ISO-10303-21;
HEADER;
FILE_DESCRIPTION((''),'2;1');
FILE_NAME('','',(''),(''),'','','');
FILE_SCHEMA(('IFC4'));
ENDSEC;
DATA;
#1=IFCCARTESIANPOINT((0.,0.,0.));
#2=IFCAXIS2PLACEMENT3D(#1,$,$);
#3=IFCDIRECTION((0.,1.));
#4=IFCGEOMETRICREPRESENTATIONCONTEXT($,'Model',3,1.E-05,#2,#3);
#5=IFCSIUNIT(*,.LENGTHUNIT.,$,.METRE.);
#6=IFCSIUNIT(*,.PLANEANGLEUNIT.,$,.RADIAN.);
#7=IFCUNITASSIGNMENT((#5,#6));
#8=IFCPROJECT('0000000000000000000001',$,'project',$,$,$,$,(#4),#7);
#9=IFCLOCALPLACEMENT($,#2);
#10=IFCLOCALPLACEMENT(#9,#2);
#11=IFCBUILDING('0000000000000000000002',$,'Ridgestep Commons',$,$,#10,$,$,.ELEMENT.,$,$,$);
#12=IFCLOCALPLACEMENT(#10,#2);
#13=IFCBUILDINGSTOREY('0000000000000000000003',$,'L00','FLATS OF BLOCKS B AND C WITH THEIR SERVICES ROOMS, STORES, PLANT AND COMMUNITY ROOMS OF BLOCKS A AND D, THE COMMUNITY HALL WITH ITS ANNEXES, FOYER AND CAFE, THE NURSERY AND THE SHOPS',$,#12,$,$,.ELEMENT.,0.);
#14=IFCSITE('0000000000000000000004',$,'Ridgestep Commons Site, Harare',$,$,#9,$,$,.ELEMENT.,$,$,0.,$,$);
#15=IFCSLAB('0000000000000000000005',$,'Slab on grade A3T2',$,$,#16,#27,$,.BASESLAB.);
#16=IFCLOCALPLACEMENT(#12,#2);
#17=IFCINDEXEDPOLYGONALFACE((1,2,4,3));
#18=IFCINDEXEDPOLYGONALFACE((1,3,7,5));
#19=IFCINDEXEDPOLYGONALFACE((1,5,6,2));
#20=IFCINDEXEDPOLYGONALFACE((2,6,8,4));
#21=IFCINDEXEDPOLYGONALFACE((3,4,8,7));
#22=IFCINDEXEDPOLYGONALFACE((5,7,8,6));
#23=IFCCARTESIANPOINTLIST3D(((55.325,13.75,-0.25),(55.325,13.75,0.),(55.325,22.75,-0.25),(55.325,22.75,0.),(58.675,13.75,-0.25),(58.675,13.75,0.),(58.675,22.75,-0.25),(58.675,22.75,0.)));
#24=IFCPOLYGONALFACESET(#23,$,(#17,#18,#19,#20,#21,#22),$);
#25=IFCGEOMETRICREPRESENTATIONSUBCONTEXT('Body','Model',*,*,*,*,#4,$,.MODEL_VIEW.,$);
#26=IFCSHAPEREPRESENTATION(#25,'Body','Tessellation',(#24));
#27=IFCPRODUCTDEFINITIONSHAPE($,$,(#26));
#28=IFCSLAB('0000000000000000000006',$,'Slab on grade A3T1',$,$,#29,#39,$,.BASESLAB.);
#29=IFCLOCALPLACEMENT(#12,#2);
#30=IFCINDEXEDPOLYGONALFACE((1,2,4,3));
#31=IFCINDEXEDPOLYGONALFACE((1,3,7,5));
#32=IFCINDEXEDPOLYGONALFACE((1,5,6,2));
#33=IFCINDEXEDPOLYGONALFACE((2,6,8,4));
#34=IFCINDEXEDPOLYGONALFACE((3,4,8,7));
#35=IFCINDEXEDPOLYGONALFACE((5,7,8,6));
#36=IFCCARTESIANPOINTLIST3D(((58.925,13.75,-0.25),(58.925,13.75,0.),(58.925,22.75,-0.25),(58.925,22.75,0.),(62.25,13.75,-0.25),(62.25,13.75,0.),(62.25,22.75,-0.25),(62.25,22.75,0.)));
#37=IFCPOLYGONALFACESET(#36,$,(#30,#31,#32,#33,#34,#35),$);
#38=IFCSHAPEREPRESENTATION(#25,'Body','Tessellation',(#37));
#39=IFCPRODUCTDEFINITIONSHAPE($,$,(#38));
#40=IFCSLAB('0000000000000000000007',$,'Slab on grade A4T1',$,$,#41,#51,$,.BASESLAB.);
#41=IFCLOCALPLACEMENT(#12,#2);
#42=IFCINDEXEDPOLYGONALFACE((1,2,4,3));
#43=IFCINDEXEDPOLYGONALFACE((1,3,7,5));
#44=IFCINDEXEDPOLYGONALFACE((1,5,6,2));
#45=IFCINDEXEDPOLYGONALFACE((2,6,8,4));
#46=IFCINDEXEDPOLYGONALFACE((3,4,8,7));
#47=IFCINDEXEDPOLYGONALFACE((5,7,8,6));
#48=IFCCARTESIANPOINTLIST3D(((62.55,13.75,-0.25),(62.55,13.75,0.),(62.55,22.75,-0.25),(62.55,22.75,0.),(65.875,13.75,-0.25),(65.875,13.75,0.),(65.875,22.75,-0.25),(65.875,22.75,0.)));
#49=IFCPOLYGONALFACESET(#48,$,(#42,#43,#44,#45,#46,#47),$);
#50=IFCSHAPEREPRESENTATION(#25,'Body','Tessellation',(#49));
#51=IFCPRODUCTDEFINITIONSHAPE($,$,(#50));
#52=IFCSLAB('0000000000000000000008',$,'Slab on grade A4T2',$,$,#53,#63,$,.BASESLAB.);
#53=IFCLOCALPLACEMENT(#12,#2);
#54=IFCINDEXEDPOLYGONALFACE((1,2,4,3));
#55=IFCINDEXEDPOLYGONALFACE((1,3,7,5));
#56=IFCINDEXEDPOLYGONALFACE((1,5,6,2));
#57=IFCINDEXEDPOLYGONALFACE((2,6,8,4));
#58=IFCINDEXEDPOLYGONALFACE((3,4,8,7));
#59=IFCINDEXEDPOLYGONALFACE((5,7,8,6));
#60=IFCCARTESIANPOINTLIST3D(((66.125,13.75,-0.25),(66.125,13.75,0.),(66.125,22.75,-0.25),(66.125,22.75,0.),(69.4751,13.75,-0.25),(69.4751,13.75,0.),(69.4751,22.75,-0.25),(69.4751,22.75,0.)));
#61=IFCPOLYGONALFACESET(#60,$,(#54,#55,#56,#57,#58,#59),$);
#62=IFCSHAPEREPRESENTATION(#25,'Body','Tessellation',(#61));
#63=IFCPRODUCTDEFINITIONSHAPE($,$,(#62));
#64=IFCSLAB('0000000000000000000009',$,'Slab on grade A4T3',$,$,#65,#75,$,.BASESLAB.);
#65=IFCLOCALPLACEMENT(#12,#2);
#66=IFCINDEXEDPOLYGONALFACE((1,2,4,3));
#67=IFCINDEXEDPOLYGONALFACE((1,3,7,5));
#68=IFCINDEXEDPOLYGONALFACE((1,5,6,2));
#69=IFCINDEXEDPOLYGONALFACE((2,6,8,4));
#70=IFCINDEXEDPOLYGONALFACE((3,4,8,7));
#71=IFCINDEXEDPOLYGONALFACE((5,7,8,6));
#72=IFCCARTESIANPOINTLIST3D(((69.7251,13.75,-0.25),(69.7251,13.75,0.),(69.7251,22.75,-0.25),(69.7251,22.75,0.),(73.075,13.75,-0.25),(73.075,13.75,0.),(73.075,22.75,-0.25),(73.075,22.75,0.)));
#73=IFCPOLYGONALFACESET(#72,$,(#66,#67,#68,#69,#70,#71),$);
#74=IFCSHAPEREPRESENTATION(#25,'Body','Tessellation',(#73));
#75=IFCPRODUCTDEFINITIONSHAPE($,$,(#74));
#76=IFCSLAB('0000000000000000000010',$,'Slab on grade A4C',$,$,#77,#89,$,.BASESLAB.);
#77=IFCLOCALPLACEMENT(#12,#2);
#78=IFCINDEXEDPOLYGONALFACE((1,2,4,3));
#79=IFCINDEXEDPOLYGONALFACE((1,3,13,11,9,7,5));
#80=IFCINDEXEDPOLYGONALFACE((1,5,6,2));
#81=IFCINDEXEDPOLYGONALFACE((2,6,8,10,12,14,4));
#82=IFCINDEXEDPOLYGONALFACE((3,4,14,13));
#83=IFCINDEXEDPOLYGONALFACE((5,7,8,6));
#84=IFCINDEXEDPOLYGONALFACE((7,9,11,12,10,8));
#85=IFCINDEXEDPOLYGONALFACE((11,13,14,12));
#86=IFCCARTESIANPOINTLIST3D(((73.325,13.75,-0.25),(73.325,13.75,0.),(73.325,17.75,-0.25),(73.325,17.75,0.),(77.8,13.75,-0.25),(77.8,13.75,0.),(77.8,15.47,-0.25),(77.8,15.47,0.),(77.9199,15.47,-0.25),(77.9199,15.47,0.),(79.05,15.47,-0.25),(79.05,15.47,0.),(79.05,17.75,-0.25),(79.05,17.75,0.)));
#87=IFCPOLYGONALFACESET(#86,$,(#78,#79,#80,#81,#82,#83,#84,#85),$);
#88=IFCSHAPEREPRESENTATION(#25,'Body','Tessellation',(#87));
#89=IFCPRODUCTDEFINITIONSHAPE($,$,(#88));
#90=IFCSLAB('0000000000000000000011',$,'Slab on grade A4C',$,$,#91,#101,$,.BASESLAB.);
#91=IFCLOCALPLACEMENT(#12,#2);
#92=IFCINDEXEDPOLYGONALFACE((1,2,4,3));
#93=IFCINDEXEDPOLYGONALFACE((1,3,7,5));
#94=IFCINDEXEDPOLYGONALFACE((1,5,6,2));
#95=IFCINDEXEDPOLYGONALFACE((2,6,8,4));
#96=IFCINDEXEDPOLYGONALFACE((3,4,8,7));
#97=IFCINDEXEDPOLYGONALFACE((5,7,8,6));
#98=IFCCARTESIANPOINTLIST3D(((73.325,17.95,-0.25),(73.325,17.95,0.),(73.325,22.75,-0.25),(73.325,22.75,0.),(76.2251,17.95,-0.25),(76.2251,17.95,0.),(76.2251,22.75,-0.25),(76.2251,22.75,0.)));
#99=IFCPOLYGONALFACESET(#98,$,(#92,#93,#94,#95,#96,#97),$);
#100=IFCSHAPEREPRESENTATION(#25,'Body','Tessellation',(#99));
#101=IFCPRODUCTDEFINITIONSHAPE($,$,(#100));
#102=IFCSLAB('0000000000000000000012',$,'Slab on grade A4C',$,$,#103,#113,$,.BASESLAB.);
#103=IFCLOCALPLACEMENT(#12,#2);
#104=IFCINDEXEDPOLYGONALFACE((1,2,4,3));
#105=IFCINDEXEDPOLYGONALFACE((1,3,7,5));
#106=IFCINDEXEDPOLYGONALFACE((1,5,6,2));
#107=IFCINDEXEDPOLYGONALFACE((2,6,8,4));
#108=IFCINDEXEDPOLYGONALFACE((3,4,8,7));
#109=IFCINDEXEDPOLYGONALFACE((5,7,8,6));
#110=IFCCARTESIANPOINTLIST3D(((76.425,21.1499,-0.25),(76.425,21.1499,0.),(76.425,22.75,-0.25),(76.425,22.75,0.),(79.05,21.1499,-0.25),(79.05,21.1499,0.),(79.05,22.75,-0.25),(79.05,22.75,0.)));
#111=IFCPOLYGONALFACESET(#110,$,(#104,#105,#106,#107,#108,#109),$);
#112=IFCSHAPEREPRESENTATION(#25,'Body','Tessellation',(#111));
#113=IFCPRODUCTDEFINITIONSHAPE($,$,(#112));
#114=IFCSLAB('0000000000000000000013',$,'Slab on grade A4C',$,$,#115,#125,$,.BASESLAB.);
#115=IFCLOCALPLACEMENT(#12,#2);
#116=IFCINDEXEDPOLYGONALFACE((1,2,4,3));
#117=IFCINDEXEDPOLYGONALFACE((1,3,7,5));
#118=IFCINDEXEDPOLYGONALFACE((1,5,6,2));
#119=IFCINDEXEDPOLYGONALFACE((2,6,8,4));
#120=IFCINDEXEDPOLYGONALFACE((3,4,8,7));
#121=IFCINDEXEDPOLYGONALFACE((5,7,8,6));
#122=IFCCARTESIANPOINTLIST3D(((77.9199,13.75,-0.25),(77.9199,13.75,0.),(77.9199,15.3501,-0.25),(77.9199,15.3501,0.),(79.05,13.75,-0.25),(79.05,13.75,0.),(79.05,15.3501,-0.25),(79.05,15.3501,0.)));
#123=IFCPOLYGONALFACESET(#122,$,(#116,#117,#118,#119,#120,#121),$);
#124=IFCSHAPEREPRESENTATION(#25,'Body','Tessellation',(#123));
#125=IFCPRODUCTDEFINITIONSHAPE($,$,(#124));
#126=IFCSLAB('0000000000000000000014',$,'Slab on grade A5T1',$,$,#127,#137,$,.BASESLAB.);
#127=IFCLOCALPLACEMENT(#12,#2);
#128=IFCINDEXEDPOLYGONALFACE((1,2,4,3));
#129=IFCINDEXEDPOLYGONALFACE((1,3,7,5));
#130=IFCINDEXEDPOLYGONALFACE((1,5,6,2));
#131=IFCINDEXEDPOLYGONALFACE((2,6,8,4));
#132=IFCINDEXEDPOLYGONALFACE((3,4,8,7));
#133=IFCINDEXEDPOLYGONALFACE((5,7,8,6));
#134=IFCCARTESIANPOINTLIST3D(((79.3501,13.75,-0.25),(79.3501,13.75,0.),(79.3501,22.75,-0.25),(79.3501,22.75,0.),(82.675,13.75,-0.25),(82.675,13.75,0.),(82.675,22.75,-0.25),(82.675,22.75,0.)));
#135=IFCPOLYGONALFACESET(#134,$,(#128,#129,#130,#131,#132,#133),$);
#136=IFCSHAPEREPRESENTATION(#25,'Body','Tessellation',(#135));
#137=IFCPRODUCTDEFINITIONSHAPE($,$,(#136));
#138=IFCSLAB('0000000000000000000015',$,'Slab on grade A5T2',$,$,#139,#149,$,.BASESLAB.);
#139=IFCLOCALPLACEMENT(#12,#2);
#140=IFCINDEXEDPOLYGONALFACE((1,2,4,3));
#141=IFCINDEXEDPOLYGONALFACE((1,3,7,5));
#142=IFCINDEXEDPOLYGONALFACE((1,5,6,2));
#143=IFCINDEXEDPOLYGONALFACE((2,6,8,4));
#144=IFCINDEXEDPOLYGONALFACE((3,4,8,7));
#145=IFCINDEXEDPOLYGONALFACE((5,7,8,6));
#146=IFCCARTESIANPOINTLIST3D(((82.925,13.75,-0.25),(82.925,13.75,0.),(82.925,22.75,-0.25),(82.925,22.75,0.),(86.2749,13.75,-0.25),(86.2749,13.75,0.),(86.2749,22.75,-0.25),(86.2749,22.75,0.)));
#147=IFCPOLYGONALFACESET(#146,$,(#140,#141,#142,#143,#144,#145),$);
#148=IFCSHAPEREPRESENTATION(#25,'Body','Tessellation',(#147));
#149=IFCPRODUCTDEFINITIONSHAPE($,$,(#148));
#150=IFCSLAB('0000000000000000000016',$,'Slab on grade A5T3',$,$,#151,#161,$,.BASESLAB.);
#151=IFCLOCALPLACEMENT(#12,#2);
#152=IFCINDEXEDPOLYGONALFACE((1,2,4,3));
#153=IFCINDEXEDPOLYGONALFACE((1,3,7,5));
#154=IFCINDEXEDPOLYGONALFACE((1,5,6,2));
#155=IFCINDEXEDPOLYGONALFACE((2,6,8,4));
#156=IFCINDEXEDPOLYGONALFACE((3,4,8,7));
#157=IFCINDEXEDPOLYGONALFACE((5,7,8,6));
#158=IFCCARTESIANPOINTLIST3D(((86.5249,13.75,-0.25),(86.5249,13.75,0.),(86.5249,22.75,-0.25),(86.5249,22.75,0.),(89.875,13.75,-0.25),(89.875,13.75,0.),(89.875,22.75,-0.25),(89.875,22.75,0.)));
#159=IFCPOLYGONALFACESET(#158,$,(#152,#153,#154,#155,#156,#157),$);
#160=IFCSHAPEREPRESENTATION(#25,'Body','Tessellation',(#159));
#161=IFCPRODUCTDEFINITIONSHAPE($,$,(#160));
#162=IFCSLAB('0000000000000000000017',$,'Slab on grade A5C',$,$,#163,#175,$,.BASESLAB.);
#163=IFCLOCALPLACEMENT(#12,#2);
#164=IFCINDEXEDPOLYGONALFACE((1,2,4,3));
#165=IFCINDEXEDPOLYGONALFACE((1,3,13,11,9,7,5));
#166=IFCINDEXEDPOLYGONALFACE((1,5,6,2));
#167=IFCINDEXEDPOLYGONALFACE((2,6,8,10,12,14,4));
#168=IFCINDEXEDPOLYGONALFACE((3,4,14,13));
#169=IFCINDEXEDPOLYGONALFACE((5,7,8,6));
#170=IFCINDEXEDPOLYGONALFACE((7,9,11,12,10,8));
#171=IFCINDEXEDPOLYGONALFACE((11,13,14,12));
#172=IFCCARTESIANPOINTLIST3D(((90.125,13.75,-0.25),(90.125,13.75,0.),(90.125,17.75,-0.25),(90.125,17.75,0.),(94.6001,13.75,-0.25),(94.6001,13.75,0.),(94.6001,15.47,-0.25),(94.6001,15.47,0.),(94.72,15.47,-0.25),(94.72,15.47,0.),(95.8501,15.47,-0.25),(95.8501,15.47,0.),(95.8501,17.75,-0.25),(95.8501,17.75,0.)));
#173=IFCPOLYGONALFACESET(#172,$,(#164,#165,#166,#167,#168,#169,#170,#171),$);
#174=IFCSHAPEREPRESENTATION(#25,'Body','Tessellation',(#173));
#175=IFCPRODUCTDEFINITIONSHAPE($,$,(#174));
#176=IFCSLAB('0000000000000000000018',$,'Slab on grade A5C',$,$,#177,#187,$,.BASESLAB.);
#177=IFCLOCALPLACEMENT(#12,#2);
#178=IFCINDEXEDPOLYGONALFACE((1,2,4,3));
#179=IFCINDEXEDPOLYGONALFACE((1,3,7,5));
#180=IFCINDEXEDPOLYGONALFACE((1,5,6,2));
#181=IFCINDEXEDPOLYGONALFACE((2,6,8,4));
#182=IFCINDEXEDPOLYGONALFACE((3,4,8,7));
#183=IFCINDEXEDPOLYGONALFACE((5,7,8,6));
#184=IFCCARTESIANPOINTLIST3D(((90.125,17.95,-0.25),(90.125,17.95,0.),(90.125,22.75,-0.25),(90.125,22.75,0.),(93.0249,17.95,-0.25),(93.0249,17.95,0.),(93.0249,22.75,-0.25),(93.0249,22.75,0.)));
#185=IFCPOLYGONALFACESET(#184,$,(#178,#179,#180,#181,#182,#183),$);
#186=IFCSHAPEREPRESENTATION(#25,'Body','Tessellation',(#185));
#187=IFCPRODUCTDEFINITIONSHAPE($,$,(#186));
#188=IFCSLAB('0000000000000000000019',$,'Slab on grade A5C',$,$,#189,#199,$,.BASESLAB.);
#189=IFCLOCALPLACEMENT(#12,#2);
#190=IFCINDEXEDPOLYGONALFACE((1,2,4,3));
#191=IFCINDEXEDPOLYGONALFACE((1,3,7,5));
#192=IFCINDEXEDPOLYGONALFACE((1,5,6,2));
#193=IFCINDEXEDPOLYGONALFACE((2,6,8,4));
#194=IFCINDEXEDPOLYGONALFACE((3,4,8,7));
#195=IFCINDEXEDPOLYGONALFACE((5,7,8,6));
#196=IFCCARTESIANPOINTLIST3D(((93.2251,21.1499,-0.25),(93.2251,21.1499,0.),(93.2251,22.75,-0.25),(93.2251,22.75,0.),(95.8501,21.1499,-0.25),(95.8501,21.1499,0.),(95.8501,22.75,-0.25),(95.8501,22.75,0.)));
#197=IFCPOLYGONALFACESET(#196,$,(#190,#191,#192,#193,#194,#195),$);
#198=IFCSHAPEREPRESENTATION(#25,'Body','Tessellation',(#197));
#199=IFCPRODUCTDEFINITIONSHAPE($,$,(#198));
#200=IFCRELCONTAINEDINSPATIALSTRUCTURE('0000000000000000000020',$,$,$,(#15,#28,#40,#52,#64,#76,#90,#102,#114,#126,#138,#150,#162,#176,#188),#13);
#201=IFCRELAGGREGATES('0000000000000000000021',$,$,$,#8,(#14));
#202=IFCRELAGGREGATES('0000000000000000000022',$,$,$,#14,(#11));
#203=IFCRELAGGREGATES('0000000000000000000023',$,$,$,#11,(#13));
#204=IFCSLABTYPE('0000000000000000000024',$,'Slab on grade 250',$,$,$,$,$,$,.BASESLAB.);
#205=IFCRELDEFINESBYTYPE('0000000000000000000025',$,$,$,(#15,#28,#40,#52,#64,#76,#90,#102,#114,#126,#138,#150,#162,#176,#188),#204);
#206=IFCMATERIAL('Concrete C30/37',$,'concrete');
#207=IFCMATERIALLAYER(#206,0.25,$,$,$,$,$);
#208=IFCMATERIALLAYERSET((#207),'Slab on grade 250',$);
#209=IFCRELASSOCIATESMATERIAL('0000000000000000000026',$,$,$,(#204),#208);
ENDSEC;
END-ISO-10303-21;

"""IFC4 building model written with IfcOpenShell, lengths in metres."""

from ifc_helpers import new_model, si_unit, direction, frame, origin, place, context, subcontext, project, spatial, polyline, outline, extrude, material, layer, layer_set, type_object, element, save


model = new_model("IFC4")

# Units and contexts
model_context = context("Model", 3, precision=1e-05, world=origin(), true_north=direction((0.0, 1.0)))
body_context = subcontext(model_context, "Body", "Model", "MODEL_VIEW")
ifc_project = project(units=[si_unit("LENGTHUNIT", "METRE"), si_unit("PLANEANGLEUNIT", "RADIAN")], contexts=[model_context])

# Site, building, storey
site_placement = place(None, origin())
site = spatial("IfcSite", under=ifc_project, at=site_placement, Name="Ridgestep Commons Site, Harare", CompositionType="ELEMENT", RefElevation=0.0)
building_placement = place(site_placement, origin())
building = spatial("IfcBuilding", under=site, at=building_placement, Name="Ridgestep Commons", CompositionType="ELEMENT")
storey_placement = place(building_placement, origin())
storey = spatial("IfcBuildingStorey", under=building, at=storey_placement, Name="L00", Description="FLATS OF BLOCKS B AND C WITH THEIR SERVICES ROOMS, STORES, PLANT AND COMMUNITY ROOMS OF BLOCKS A AND D, THE COMMUNITY HALL WITH ITS ANNEXES, FOYER AND CAFE, THE NURSERY AND THE SHOPS", CompositionType="ELEMENT", Elevation=0.0)

# Slabs
ifc_material = material(Name="Concrete C30/37", Category="concrete")
ifc_layer = layer(ifc_material, 0.25)
ifc_layer_set = layer_set([ifc_layer], Name="Slab on grade 250")
slab_type = type_object("IfcSlabType", Name="Slab on grade 250", PredefinedType="BASESLAB", material=ifc_layer_set)
slab_1_placement = place(storey_placement, frame((0.0, 0.0, -0.25)))
element("IfcSlab", 1, at=slab_1_placement, inside=storey, type_object=slab_type, Name="Slab on grade A3T2", PredefinedType="BASESLAB", context=body_context, shape_type="SweptSolid", body=[
    extrude(outline(polyline([(58.675, 13.75), (58.675, 22.75), (55.325, 22.75), (55.325, 13.75), (58.675, 13.75)])), origin(), (0.0, 0.0, 1.0), 0.25),
])
slab_2_placement = place(storey_placement, frame((0.0, 0.0, -0.25)))
element("IfcSlab", 2, at=slab_2_placement, inside=storey, type_object=slab_type, Name="Slab on grade A3T1", PredefinedType="BASESLAB", context=body_context, shape_type="SweptSolid", body=[
    extrude(outline(polyline([(62.25, 13.75), (62.25, 22.75), (58.925, 22.75), (58.925, 13.75), (62.25, 13.75)])), origin(), (0.0, 0.0, 1.0), 0.25),
])
slab_3_placement = place(storey_placement, frame((0.0, 0.0, -0.25)))
element("IfcSlab", 3, at=slab_3_placement, inside=storey, type_object=slab_type, Name="Slab on grade A4T1", PredefinedType="BASESLAB", context=body_context, shape_type="SweptSolid", body=[
    extrude(outline(polyline([(65.875, 13.75), (65.875, 22.75), (62.55, 22.75), (62.55, 13.75), (65.875, 13.75)])), origin(), (0.0, 0.0, 1.0), 0.25),
])
slab_4_placement = place(storey_placement, frame((0.0, 0.0, -0.25)))
element("IfcSlab", 4, at=slab_4_placement, inside=storey, type_object=slab_type, Name="Slab on grade A4T2", PredefinedType="BASESLAB", context=body_context, shape_type="SweptSolid", body=[
    extrude(outline(polyline([(69.4751, 13.75), (69.4751, 22.75), (66.125, 22.75), (66.125, 13.75), (69.4751, 13.75)])), origin(), (0.0, 0.0, 1.0), 0.25),
])
slab_5_placement = place(storey_placement, frame((0.0, 0.0, -0.25)))
element("IfcSlab", 5, at=slab_5_placement, inside=storey, type_object=slab_type, Name="Slab on grade A4T3", PredefinedType="BASESLAB", context=body_context, shape_type="SweptSolid", body=[
    extrude(outline(polyline([(73.075, 13.75), (73.075, 22.75), (69.7251, 22.75), (69.7251, 13.75), (73.075, 13.75)])), origin(), (0.0, 0.0, 1.0), 0.25),
])
slab_6_placement = place(storey_placement, frame((0.0, 0.0, -0.25)))
element("IfcSlab", 6, at=slab_6_placement, inside=storey, type_object=slab_type, Name="Slab on grade A4C", PredefinedType="BASESLAB", context=body_context, shape_type="SweptSolid", body=[
    extrude(outline(polyline([(77.9199, 15.47), (79.05, 15.47), (79.05, 17.75), (73.325, 17.75), (73.325, 13.75), (77.8, 13.75), (77.8, 15.47), (77.9199, 15.47)])), origin(), (0.0, 0.0, 1.0), 0.25),
])
slab_7_placement = place(storey_placement, frame((0.0, 0.0, -0.25)))
element("IfcSlab", 7, at=slab_7_placement, inside=storey, type_object=slab_type, Name="Slab on grade A4C", PredefinedType="BASESLAB", context=body_context, shape_type="SweptSolid", body=[
    extrude(outline(polyline([(76.2251, 22.75), (73.325, 22.75), (73.325, 17.95), (76.2251, 17.95), (76.2251, 22.75)])), origin(), (0.0, 0.0, 1.0), 0.25),
])
slab_8_placement = place(storey_placement, frame((0.0, 0.0, -0.25)))
element("IfcSlab", 8, at=slab_8_placement, inside=storey, type_object=slab_type, Name="Slab on grade A4C", PredefinedType="BASESLAB", context=body_context, shape_type="SweptSolid", body=[
    extrude(outline(polyline([(79.05, 21.1499), (79.05, 22.75), (76.425, 22.75), (76.425, 21.1499), (79.05, 21.1499)])), origin(), (0.0, 0.0, 1.0), 0.25),
])
slab_9_placement = place(storey_placement, frame((0.0, 0.0, -0.25)))
element("IfcSlab", 9, at=slab_9_placement, inside=storey, type_object=slab_type, Name="Slab on grade A4C", PredefinedType="BASESLAB", context=body_context, shape_type="SweptSolid", body=[
    extrude(outline(polyline([(77.9199, 13.75), (79.05, 13.75), (79.05, 15.3501), (77.9199, 15.3501), (77.9199, 13.75)])), origin(), (0.0, 0.0, 1.0), 0.25),
])
slab_10_placement = place(storey_placement, frame((0.0, 0.0, -0.25)))
element("IfcSlab", 10, at=slab_10_placement, inside=storey, type_object=slab_type, Name="Slab on grade A5T1", PredefinedType="BASESLAB", context=body_context, shape_type="SweptSolid", body=[
    extrude(outline(polyline([(82.675, 13.75), (82.675, 22.75), (79.3501, 22.75), (79.3501, 13.75), (82.675, 13.75)])), origin(), (0.0, 0.0, 1.0), 0.25),
])
slab_11_placement = place(storey_placement, frame((0.0, 0.0, -0.25)))
element("IfcSlab", 11, at=slab_11_placement, inside=storey, type_object=slab_type, Name="Slab on grade A5T2", PredefinedType="BASESLAB", context=body_context, shape_type="SweptSolid", body=[
    extrude(outline(polyline([(86.2749, 13.75), (86.2749, 22.75), (82.925, 22.75), (82.925, 13.75), (86.2749, 13.75)])), origin(), (0.0, 0.0, 1.0), 0.25),
])
slab_12_placement = place(storey_placement, frame((0.0, 0.0, -0.25)))
element("IfcSlab", 12, at=slab_12_placement, inside=storey, type_object=slab_type, Name="Slab on grade A5T3", PredefinedType="BASESLAB", context=body_context, shape_type="SweptSolid", body=[
    extrude(outline(polyline([(89.875, 13.75), (89.875, 22.75), (86.5249, 22.75), (86.5249, 13.75), (89.875, 13.75)])), origin(), (0.0, 0.0, 1.0), 0.25),
])
slab_13_placement = place(storey_placement, frame((0.0, 0.0, -0.25)))
element("IfcSlab", 13, at=slab_13_placement, inside=storey, type_object=slab_type, Name="Slab on grade A5C", PredefinedType="BASESLAB", context=body_context, shape_type="SweptSolid", body=[
    extrude(outline(polyline([(94.72, 15.47), (95.8501, 15.47), (95.8501, 17.75), (90.125, 17.75), (90.125, 13.75), (94.6001, 13.75), (94.6001, 15.47), (94.72, 15.47)])), origin(), (0.0, 0.0, 1.0), 0.25),
])
slab_14_placement = place(storey_placement, frame((0.0, 0.0, -0.25)))
element("IfcSlab", 14, at=slab_14_placement, inside=storey, type_object=slab_type, Name="Slab on grade A5C", PredefinedType="BASESLAB", context=body_context, shape_type="SweptSolid", body=[
    extrude(outline(polyline([(93.0249, 22.75), (90.125, 22.75), (90.125, 17.95), (93.0249, 17.95), (93.0249, 22.75)])), origin(), (0.0, 0.0, 1.0), 0.25),
])
slab_15_placement = place(storey_placement, frame((0.0, 0.0, -0.25)))
element("IfcSlab", 15, at=slab_15_placement, inside=storey, type_object=slab_type, Name="Slab on grade A5C", PredefinedType="BASESLAB", context=body_context, shape_type="SweptSolid", body=[
    extrude(outline(polyline([(95.8501, 21.1499), (95.8501, 22.75), (93.2251, 22.75), (93.2251, 21.1499), (95.8501, 21.1499)])), origin(), (0.0, 0.0, 1.0), 0.25),
])

save(model, "model.ifc")
